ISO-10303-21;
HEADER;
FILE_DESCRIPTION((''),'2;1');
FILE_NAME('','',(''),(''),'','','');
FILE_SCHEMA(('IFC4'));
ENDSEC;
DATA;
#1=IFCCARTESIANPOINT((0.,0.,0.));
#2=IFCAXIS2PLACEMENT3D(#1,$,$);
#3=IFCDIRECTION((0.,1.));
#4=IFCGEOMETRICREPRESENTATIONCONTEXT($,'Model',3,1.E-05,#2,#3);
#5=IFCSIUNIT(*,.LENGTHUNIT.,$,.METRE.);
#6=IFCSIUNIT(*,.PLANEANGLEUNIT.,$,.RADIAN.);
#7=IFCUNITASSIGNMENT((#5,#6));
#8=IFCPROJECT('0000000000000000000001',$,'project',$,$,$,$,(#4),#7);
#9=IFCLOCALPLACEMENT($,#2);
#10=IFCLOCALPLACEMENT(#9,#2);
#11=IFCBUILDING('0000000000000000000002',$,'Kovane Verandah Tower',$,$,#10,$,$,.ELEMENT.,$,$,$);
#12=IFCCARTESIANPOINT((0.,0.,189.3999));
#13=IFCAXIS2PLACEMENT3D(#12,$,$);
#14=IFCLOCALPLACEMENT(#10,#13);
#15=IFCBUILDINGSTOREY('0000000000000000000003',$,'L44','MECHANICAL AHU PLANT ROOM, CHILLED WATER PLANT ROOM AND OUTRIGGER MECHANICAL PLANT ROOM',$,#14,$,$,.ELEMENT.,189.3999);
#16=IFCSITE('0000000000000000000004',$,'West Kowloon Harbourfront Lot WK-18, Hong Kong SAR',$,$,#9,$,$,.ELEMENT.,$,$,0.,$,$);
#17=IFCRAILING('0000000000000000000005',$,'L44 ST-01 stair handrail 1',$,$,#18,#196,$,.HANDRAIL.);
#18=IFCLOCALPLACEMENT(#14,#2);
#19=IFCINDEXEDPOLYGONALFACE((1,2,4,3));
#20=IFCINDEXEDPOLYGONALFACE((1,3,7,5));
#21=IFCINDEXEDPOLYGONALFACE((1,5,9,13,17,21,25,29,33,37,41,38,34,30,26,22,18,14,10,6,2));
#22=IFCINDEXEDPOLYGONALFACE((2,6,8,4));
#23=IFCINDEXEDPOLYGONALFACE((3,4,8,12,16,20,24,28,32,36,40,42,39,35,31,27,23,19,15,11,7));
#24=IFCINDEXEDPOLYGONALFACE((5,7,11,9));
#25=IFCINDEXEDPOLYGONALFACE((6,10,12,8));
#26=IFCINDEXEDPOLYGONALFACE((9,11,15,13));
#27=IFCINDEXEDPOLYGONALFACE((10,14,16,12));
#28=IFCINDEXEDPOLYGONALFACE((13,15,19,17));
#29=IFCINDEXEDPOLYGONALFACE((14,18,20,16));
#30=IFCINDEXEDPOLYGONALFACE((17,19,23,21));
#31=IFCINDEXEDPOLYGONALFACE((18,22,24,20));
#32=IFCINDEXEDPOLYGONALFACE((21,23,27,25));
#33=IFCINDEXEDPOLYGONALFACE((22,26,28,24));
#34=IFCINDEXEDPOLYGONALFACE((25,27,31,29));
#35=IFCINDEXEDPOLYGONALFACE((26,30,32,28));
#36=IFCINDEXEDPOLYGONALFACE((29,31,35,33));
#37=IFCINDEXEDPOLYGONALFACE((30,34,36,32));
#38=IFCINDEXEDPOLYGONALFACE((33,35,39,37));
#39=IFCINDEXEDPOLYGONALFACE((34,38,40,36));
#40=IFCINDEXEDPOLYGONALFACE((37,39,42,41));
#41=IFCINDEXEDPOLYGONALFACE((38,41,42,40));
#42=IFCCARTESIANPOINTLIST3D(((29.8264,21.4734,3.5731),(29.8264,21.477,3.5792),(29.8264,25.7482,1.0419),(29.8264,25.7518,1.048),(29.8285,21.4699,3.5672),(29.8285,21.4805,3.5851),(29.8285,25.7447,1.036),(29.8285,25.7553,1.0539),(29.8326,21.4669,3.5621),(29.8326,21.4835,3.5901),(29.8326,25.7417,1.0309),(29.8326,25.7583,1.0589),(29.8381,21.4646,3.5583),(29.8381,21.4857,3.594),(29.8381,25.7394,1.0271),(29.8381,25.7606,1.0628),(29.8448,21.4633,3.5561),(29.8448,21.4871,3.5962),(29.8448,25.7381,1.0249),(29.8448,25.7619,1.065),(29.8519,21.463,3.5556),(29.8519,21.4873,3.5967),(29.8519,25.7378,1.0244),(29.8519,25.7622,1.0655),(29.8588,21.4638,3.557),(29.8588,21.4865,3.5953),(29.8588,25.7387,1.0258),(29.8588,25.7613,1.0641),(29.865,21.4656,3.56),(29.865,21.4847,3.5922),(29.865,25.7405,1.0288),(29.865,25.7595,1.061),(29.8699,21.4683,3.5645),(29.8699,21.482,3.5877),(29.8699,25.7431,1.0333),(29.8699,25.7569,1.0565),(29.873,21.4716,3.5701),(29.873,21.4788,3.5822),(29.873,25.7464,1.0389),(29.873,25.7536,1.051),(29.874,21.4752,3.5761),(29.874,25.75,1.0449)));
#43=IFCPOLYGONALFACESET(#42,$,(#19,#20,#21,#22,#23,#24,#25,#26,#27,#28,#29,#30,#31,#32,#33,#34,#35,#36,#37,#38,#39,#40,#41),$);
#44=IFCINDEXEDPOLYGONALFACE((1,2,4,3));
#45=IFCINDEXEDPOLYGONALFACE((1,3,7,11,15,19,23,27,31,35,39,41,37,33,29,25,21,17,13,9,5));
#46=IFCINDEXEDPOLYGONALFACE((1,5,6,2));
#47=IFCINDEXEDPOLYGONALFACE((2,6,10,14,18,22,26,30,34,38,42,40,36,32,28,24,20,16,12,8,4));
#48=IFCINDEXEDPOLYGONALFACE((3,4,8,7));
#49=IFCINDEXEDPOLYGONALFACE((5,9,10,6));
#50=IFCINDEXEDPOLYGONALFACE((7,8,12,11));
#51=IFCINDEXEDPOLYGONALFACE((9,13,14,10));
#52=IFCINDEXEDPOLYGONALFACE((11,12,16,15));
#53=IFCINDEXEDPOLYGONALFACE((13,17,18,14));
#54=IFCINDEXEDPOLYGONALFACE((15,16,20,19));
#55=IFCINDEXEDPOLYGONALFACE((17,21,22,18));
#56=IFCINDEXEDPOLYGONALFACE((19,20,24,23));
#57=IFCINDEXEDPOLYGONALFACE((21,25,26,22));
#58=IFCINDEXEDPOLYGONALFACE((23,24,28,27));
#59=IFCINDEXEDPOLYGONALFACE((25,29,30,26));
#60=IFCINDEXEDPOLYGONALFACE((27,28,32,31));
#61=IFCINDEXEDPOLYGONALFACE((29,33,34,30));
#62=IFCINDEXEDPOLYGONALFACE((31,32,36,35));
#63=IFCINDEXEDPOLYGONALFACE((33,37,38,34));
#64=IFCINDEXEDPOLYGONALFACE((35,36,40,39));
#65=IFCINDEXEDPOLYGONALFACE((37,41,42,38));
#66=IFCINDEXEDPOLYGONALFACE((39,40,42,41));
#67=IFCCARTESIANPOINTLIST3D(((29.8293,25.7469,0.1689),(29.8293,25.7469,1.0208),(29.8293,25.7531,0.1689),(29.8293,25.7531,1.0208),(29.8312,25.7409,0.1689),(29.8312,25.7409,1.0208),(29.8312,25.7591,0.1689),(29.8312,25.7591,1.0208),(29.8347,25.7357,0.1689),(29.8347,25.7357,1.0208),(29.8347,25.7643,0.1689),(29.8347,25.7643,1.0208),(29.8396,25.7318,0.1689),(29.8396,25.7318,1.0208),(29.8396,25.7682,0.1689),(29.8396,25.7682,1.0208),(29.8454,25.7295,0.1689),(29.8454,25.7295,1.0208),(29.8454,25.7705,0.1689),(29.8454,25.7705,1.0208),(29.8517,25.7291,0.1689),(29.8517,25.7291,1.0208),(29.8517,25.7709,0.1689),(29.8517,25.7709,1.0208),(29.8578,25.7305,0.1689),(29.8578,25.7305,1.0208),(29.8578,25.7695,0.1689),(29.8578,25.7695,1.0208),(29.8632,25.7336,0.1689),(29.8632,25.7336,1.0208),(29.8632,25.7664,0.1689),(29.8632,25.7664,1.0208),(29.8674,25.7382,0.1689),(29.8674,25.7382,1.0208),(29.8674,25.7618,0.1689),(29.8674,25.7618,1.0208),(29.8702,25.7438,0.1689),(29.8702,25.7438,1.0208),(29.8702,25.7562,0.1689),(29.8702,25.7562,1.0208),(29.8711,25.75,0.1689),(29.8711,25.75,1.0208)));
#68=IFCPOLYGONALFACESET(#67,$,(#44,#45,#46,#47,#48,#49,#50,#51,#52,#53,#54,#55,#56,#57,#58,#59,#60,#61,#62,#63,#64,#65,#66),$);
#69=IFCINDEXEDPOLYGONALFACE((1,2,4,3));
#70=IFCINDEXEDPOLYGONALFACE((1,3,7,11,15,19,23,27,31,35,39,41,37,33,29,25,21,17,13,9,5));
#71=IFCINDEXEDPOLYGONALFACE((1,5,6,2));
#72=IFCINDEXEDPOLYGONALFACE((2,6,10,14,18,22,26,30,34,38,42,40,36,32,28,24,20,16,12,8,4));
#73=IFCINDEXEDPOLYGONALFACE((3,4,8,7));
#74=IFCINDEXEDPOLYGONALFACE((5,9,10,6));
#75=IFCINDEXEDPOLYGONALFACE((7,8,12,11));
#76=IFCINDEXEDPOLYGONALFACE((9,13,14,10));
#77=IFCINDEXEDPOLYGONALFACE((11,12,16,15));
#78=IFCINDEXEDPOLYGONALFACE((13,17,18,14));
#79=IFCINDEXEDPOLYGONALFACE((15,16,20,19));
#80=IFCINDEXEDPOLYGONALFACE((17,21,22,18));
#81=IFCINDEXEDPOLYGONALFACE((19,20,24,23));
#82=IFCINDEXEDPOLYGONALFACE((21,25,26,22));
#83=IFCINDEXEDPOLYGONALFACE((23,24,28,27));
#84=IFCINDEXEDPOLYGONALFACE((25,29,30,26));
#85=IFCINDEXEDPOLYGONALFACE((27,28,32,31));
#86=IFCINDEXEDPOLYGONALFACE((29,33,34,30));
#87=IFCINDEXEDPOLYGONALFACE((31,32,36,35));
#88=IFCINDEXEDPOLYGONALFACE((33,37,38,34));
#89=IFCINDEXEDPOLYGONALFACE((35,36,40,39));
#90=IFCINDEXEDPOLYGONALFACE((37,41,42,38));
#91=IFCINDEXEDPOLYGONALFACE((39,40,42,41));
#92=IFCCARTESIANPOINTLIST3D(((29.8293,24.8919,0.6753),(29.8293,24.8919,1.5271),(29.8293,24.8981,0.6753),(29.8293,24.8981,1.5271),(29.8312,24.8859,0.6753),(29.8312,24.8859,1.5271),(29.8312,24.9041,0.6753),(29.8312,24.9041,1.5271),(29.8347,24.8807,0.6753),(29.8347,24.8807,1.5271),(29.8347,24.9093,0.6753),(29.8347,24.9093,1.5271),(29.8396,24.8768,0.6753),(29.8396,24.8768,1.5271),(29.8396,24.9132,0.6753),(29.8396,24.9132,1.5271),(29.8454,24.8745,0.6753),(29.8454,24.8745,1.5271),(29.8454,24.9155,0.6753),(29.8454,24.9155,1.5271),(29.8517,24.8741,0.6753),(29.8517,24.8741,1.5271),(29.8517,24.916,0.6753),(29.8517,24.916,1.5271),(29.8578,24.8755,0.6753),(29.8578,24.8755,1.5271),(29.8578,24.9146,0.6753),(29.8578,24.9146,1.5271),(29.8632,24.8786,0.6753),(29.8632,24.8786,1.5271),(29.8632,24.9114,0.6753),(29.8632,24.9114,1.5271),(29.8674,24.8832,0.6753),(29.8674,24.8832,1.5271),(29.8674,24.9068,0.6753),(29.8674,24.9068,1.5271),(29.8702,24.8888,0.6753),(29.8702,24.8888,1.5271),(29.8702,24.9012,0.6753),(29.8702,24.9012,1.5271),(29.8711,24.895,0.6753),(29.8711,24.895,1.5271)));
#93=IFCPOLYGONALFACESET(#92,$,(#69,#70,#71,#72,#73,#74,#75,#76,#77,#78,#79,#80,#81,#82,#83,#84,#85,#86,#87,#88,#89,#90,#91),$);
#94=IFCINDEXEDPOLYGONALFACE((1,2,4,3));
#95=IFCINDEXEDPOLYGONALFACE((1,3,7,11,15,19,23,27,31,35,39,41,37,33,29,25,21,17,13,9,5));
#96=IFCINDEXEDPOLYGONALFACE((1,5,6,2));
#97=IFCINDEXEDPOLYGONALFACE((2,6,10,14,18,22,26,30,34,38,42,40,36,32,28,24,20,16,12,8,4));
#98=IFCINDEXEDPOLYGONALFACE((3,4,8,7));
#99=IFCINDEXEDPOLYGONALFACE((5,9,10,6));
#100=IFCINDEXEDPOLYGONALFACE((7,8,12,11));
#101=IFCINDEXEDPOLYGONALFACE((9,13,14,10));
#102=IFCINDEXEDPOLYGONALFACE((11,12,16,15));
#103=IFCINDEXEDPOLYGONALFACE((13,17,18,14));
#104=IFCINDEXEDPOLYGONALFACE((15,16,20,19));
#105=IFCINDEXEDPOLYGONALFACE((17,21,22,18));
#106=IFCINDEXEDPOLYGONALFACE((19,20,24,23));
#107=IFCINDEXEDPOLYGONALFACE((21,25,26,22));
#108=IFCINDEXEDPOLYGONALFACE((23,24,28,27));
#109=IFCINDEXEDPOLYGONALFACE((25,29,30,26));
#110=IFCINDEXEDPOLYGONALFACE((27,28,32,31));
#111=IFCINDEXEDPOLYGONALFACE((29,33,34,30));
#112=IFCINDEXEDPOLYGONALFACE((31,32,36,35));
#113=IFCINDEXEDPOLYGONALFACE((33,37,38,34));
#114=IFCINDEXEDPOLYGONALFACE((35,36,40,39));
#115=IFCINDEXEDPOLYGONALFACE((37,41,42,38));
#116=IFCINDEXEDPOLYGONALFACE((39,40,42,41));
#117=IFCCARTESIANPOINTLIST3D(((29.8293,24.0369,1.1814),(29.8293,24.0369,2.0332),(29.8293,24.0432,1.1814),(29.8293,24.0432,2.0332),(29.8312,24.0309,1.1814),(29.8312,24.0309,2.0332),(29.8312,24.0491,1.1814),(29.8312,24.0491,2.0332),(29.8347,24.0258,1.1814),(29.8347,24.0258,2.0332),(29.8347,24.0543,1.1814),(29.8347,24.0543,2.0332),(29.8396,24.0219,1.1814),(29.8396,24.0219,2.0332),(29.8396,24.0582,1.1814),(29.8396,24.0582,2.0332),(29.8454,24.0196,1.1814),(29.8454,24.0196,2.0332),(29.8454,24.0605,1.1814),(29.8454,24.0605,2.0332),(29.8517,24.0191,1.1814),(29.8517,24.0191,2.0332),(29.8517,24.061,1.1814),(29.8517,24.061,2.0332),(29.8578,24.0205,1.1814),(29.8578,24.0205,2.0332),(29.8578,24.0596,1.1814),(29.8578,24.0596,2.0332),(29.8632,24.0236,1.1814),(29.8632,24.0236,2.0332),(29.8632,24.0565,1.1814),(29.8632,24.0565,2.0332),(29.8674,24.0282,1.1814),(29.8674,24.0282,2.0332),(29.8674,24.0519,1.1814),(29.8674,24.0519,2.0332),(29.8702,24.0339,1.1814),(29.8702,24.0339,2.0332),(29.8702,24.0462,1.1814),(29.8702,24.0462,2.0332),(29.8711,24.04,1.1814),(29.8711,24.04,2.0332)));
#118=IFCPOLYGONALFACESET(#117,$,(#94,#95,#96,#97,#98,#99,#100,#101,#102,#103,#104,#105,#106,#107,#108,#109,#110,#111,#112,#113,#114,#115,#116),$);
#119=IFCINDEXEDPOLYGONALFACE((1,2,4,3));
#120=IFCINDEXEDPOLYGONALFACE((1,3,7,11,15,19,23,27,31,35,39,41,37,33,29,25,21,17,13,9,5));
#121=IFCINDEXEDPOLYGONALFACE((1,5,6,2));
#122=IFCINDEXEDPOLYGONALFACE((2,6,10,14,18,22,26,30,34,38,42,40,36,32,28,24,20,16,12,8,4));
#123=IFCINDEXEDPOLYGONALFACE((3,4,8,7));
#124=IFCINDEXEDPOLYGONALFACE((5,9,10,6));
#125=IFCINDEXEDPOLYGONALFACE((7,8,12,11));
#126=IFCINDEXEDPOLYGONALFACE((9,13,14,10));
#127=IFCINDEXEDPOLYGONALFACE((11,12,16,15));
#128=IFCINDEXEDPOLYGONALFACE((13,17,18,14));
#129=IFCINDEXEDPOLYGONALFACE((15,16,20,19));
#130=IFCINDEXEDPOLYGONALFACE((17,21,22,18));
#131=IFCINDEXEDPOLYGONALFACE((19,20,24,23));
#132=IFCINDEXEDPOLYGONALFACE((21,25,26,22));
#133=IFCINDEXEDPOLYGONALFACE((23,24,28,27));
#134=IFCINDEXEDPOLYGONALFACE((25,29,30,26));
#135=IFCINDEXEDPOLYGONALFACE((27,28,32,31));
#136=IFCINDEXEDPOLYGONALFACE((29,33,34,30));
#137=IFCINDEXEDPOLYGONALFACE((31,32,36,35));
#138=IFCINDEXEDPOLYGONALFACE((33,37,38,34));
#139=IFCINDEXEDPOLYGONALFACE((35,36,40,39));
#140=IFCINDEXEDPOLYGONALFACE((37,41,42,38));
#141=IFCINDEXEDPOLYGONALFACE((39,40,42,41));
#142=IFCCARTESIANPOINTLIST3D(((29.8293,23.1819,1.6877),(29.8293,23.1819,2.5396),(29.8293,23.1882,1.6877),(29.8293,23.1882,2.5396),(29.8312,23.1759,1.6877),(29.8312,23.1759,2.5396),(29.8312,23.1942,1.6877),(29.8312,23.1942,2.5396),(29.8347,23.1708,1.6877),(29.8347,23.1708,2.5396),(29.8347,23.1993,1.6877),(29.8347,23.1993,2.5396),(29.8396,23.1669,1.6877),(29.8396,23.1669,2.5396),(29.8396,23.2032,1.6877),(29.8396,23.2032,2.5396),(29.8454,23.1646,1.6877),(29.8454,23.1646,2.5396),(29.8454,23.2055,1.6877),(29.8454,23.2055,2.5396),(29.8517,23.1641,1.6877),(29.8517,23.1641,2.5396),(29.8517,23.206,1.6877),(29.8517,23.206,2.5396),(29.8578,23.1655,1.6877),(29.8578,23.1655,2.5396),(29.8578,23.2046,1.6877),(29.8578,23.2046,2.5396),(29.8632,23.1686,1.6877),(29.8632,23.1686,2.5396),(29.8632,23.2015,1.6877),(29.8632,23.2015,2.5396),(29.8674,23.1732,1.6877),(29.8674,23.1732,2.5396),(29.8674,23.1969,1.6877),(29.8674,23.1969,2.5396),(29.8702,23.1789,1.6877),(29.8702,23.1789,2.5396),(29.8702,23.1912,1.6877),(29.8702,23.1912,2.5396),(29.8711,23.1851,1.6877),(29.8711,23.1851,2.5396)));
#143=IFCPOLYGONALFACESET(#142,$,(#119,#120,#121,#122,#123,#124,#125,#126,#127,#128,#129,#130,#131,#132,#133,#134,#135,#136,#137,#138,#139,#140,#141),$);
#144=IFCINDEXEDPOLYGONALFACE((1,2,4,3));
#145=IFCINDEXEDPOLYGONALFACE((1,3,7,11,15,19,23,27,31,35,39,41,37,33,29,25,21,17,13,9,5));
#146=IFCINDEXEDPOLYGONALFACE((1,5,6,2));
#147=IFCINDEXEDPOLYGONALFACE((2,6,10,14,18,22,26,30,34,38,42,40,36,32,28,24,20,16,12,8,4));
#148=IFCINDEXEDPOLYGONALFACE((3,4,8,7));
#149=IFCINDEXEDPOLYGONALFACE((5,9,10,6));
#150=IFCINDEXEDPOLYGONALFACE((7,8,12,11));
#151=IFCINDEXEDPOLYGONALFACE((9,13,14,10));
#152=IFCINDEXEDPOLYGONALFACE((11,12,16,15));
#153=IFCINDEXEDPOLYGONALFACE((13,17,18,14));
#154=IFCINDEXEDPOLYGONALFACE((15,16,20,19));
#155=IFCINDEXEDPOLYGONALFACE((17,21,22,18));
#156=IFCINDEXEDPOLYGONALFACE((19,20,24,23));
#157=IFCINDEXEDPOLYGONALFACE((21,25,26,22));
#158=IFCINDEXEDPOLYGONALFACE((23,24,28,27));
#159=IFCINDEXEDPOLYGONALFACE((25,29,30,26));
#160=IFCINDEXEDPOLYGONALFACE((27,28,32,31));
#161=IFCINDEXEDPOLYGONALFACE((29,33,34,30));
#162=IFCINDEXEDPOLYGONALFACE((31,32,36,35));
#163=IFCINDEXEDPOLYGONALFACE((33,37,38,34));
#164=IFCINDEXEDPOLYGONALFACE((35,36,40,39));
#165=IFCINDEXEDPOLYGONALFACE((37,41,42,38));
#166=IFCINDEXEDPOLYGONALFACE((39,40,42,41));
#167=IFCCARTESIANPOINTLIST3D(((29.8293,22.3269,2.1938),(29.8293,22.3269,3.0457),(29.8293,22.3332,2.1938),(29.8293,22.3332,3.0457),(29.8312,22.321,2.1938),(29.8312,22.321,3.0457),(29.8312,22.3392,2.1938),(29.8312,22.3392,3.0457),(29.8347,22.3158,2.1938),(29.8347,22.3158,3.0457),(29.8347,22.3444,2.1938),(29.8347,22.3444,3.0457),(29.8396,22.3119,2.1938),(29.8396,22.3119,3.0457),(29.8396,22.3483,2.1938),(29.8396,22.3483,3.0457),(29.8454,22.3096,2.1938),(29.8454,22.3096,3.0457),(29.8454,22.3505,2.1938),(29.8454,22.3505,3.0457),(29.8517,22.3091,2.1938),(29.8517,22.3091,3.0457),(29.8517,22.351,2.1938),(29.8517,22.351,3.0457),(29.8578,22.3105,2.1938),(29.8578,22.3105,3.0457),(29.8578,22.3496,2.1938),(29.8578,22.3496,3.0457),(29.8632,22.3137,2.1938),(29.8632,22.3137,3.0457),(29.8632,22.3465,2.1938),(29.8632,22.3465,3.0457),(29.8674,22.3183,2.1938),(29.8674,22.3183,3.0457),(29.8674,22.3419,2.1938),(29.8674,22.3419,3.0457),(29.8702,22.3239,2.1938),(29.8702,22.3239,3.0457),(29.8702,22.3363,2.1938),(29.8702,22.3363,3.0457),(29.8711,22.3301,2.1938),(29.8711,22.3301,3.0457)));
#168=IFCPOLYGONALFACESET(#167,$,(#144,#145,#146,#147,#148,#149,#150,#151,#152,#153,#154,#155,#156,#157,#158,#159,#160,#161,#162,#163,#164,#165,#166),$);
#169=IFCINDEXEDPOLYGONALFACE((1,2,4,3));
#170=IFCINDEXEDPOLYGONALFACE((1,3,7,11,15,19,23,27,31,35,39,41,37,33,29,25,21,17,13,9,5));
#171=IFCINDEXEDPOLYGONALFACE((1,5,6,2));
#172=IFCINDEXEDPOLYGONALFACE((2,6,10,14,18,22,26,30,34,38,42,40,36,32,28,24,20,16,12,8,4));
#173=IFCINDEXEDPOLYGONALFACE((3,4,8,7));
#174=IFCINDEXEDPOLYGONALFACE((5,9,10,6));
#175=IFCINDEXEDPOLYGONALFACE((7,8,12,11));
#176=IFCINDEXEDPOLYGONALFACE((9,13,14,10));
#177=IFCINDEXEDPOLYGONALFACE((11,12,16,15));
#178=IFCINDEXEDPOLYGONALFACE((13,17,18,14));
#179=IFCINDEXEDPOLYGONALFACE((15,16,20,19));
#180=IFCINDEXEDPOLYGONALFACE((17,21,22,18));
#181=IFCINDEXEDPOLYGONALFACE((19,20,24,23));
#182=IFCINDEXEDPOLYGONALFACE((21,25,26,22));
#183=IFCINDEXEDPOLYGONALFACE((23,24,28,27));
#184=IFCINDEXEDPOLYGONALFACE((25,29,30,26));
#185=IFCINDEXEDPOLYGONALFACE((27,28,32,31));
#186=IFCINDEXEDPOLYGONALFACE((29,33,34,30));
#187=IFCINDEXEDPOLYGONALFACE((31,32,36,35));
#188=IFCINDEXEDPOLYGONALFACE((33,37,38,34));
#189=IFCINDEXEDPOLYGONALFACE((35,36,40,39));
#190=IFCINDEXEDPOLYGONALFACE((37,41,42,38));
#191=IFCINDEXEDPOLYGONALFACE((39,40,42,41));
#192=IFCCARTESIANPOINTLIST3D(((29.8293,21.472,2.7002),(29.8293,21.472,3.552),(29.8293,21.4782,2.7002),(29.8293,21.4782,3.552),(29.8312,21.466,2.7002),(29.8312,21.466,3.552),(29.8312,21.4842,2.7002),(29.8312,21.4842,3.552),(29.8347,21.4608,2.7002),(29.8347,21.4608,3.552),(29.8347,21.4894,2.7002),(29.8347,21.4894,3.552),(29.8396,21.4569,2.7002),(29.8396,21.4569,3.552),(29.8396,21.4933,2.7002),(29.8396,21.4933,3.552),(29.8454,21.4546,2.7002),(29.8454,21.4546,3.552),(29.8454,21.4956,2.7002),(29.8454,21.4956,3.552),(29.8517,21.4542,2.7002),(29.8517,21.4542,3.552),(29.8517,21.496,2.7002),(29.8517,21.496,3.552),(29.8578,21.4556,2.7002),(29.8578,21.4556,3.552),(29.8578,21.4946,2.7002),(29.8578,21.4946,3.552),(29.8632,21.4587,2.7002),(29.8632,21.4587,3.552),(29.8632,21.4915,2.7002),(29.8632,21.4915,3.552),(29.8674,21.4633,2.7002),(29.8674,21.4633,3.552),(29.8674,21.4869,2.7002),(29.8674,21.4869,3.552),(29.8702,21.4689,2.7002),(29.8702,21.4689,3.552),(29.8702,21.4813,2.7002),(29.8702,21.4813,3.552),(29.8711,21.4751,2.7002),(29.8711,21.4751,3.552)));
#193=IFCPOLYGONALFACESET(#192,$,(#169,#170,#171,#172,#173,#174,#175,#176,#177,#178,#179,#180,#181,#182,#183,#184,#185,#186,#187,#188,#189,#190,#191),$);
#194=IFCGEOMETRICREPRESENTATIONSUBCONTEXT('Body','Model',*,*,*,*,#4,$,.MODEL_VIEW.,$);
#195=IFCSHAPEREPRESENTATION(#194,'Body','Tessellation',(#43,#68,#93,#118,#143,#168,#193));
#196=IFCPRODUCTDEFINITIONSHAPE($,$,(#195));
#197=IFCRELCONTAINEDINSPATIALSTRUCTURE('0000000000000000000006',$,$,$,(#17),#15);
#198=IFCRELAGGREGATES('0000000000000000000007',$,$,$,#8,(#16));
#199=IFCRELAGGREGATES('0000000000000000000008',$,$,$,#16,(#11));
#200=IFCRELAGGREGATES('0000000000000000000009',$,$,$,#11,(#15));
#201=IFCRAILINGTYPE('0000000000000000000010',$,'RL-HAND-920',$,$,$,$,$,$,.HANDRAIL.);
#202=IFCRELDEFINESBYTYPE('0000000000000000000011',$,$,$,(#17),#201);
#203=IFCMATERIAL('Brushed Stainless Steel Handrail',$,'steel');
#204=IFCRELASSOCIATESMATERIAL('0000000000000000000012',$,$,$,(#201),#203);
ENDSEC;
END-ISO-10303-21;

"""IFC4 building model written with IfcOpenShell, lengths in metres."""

from ifc_helpers import new_model, si_unit, direction, frame, origin, origin_2d, place, context, subcontext, project, spatial, circle, extrude, material, type_object, element, save


model = new_model("IFC4")

# Units and contexts
model_context = context("Model", 3, precision=1e-05, world=origin(), true_north=direction((0.0, 1.0)))
body_context = subcontext(model_context, "Body", "Model", "MODEL_VIEW")
ifc_project = project(units=[si_unit("LENGTHUNIT", "METRE"), si_unit("PLANEANGLEUNIT", "RADIAN")], contexts=[model_context])

# Site, building, storey
site_placement = place(None, origin())
site = spatial("IfcSite", under=ifc_project, at=site_placement, Name="West Kowloon Harbourfront Lot WK-18, Hong Kong SAR", CompositionType="ELEMENT", RefElevation=0.0)
building_placement = place(site_placement, origin())
building = spatial("IfcBuilding", under=site, at=building_placement, Name="Kovane Verandah Tower", CompositionType="ELEMENT")
storey_placement = place(building_placement, frame((0.0, 0.0, 189.3999)))
storey = spatial("IfcBuildingStorey", under=building, at=storey_placement, Name="L44", Description="MECHANICAL AHU PLANT ROOM, CHILLED WATER PLANT ROOM AND OUTRIGGER MECHANICAL PLANT ROOM", CompositionType="ELEMENT", Elevation=189.3999)

# Railing
ifc_material_1 = material(Name="Brushed Stainless Steel Handrail", Category="steel")
railing_type_1 = type_object("IfcRailingType", Name="RL-HAND-920", PredefinedType="HANDRAIL", material=ifc_material_1)
railing_1_placement = place(storey_placement, frame((29.8501, 25.75, 0.1689)))
element("IfcRailing", 1, at=railing_1_placement, inside=storey, type_object=railing_type_1, Name="L44 ST-01 stair handrail 1", PredefinedType="HANDRAIL", context=body_context, shape_type="SweptSolid", body=[
    extrude(circle(Radius=0.0239, at=origin_2d()), frame((0.0, 0.0, 0.876), z_axis=(0.0, -0.86047, 0.509501), x_axis=(1.0, 0.0, 0.0)), (0.0, 0.0, 1.0), 4.968),
    extrude(circle(Radius=0.021, at=origin_2d()), origin(), (0.0, 0.0, 1.0), 0.8518),
    extrude(circle(Radius=0.021, at=origin_2d()), frame((0.0, -0.855, 0.5063)), (0.0, 0.0, 1.0), 0.8518),
    extrude(circle(Radius=0.021, at=origin_2d()), frame((0.0, -1.71, 1.0125)), (0.0, 0.0, 1.0), 0.8518),
    extrude(circle(Radius=0.021, at=origin_2d()), frame((0.0, -2.5649, 1.5188)), (0.0, 0.0, 1.0), 0.8518),
    extrude(circle(Radius=0.021, at=origin_2d()), frame((0.0, -3.4199, 2.0249)), (0.0, 0.0, 1.0), 0.8518),
    extrude(circle(Radius=0.021, at=origin_2d()), frame((0.0, -4.2749, 2.5312)), (0.0, 0.0, 1.0), 0.8518),
])

save(model, "model.ifc")
